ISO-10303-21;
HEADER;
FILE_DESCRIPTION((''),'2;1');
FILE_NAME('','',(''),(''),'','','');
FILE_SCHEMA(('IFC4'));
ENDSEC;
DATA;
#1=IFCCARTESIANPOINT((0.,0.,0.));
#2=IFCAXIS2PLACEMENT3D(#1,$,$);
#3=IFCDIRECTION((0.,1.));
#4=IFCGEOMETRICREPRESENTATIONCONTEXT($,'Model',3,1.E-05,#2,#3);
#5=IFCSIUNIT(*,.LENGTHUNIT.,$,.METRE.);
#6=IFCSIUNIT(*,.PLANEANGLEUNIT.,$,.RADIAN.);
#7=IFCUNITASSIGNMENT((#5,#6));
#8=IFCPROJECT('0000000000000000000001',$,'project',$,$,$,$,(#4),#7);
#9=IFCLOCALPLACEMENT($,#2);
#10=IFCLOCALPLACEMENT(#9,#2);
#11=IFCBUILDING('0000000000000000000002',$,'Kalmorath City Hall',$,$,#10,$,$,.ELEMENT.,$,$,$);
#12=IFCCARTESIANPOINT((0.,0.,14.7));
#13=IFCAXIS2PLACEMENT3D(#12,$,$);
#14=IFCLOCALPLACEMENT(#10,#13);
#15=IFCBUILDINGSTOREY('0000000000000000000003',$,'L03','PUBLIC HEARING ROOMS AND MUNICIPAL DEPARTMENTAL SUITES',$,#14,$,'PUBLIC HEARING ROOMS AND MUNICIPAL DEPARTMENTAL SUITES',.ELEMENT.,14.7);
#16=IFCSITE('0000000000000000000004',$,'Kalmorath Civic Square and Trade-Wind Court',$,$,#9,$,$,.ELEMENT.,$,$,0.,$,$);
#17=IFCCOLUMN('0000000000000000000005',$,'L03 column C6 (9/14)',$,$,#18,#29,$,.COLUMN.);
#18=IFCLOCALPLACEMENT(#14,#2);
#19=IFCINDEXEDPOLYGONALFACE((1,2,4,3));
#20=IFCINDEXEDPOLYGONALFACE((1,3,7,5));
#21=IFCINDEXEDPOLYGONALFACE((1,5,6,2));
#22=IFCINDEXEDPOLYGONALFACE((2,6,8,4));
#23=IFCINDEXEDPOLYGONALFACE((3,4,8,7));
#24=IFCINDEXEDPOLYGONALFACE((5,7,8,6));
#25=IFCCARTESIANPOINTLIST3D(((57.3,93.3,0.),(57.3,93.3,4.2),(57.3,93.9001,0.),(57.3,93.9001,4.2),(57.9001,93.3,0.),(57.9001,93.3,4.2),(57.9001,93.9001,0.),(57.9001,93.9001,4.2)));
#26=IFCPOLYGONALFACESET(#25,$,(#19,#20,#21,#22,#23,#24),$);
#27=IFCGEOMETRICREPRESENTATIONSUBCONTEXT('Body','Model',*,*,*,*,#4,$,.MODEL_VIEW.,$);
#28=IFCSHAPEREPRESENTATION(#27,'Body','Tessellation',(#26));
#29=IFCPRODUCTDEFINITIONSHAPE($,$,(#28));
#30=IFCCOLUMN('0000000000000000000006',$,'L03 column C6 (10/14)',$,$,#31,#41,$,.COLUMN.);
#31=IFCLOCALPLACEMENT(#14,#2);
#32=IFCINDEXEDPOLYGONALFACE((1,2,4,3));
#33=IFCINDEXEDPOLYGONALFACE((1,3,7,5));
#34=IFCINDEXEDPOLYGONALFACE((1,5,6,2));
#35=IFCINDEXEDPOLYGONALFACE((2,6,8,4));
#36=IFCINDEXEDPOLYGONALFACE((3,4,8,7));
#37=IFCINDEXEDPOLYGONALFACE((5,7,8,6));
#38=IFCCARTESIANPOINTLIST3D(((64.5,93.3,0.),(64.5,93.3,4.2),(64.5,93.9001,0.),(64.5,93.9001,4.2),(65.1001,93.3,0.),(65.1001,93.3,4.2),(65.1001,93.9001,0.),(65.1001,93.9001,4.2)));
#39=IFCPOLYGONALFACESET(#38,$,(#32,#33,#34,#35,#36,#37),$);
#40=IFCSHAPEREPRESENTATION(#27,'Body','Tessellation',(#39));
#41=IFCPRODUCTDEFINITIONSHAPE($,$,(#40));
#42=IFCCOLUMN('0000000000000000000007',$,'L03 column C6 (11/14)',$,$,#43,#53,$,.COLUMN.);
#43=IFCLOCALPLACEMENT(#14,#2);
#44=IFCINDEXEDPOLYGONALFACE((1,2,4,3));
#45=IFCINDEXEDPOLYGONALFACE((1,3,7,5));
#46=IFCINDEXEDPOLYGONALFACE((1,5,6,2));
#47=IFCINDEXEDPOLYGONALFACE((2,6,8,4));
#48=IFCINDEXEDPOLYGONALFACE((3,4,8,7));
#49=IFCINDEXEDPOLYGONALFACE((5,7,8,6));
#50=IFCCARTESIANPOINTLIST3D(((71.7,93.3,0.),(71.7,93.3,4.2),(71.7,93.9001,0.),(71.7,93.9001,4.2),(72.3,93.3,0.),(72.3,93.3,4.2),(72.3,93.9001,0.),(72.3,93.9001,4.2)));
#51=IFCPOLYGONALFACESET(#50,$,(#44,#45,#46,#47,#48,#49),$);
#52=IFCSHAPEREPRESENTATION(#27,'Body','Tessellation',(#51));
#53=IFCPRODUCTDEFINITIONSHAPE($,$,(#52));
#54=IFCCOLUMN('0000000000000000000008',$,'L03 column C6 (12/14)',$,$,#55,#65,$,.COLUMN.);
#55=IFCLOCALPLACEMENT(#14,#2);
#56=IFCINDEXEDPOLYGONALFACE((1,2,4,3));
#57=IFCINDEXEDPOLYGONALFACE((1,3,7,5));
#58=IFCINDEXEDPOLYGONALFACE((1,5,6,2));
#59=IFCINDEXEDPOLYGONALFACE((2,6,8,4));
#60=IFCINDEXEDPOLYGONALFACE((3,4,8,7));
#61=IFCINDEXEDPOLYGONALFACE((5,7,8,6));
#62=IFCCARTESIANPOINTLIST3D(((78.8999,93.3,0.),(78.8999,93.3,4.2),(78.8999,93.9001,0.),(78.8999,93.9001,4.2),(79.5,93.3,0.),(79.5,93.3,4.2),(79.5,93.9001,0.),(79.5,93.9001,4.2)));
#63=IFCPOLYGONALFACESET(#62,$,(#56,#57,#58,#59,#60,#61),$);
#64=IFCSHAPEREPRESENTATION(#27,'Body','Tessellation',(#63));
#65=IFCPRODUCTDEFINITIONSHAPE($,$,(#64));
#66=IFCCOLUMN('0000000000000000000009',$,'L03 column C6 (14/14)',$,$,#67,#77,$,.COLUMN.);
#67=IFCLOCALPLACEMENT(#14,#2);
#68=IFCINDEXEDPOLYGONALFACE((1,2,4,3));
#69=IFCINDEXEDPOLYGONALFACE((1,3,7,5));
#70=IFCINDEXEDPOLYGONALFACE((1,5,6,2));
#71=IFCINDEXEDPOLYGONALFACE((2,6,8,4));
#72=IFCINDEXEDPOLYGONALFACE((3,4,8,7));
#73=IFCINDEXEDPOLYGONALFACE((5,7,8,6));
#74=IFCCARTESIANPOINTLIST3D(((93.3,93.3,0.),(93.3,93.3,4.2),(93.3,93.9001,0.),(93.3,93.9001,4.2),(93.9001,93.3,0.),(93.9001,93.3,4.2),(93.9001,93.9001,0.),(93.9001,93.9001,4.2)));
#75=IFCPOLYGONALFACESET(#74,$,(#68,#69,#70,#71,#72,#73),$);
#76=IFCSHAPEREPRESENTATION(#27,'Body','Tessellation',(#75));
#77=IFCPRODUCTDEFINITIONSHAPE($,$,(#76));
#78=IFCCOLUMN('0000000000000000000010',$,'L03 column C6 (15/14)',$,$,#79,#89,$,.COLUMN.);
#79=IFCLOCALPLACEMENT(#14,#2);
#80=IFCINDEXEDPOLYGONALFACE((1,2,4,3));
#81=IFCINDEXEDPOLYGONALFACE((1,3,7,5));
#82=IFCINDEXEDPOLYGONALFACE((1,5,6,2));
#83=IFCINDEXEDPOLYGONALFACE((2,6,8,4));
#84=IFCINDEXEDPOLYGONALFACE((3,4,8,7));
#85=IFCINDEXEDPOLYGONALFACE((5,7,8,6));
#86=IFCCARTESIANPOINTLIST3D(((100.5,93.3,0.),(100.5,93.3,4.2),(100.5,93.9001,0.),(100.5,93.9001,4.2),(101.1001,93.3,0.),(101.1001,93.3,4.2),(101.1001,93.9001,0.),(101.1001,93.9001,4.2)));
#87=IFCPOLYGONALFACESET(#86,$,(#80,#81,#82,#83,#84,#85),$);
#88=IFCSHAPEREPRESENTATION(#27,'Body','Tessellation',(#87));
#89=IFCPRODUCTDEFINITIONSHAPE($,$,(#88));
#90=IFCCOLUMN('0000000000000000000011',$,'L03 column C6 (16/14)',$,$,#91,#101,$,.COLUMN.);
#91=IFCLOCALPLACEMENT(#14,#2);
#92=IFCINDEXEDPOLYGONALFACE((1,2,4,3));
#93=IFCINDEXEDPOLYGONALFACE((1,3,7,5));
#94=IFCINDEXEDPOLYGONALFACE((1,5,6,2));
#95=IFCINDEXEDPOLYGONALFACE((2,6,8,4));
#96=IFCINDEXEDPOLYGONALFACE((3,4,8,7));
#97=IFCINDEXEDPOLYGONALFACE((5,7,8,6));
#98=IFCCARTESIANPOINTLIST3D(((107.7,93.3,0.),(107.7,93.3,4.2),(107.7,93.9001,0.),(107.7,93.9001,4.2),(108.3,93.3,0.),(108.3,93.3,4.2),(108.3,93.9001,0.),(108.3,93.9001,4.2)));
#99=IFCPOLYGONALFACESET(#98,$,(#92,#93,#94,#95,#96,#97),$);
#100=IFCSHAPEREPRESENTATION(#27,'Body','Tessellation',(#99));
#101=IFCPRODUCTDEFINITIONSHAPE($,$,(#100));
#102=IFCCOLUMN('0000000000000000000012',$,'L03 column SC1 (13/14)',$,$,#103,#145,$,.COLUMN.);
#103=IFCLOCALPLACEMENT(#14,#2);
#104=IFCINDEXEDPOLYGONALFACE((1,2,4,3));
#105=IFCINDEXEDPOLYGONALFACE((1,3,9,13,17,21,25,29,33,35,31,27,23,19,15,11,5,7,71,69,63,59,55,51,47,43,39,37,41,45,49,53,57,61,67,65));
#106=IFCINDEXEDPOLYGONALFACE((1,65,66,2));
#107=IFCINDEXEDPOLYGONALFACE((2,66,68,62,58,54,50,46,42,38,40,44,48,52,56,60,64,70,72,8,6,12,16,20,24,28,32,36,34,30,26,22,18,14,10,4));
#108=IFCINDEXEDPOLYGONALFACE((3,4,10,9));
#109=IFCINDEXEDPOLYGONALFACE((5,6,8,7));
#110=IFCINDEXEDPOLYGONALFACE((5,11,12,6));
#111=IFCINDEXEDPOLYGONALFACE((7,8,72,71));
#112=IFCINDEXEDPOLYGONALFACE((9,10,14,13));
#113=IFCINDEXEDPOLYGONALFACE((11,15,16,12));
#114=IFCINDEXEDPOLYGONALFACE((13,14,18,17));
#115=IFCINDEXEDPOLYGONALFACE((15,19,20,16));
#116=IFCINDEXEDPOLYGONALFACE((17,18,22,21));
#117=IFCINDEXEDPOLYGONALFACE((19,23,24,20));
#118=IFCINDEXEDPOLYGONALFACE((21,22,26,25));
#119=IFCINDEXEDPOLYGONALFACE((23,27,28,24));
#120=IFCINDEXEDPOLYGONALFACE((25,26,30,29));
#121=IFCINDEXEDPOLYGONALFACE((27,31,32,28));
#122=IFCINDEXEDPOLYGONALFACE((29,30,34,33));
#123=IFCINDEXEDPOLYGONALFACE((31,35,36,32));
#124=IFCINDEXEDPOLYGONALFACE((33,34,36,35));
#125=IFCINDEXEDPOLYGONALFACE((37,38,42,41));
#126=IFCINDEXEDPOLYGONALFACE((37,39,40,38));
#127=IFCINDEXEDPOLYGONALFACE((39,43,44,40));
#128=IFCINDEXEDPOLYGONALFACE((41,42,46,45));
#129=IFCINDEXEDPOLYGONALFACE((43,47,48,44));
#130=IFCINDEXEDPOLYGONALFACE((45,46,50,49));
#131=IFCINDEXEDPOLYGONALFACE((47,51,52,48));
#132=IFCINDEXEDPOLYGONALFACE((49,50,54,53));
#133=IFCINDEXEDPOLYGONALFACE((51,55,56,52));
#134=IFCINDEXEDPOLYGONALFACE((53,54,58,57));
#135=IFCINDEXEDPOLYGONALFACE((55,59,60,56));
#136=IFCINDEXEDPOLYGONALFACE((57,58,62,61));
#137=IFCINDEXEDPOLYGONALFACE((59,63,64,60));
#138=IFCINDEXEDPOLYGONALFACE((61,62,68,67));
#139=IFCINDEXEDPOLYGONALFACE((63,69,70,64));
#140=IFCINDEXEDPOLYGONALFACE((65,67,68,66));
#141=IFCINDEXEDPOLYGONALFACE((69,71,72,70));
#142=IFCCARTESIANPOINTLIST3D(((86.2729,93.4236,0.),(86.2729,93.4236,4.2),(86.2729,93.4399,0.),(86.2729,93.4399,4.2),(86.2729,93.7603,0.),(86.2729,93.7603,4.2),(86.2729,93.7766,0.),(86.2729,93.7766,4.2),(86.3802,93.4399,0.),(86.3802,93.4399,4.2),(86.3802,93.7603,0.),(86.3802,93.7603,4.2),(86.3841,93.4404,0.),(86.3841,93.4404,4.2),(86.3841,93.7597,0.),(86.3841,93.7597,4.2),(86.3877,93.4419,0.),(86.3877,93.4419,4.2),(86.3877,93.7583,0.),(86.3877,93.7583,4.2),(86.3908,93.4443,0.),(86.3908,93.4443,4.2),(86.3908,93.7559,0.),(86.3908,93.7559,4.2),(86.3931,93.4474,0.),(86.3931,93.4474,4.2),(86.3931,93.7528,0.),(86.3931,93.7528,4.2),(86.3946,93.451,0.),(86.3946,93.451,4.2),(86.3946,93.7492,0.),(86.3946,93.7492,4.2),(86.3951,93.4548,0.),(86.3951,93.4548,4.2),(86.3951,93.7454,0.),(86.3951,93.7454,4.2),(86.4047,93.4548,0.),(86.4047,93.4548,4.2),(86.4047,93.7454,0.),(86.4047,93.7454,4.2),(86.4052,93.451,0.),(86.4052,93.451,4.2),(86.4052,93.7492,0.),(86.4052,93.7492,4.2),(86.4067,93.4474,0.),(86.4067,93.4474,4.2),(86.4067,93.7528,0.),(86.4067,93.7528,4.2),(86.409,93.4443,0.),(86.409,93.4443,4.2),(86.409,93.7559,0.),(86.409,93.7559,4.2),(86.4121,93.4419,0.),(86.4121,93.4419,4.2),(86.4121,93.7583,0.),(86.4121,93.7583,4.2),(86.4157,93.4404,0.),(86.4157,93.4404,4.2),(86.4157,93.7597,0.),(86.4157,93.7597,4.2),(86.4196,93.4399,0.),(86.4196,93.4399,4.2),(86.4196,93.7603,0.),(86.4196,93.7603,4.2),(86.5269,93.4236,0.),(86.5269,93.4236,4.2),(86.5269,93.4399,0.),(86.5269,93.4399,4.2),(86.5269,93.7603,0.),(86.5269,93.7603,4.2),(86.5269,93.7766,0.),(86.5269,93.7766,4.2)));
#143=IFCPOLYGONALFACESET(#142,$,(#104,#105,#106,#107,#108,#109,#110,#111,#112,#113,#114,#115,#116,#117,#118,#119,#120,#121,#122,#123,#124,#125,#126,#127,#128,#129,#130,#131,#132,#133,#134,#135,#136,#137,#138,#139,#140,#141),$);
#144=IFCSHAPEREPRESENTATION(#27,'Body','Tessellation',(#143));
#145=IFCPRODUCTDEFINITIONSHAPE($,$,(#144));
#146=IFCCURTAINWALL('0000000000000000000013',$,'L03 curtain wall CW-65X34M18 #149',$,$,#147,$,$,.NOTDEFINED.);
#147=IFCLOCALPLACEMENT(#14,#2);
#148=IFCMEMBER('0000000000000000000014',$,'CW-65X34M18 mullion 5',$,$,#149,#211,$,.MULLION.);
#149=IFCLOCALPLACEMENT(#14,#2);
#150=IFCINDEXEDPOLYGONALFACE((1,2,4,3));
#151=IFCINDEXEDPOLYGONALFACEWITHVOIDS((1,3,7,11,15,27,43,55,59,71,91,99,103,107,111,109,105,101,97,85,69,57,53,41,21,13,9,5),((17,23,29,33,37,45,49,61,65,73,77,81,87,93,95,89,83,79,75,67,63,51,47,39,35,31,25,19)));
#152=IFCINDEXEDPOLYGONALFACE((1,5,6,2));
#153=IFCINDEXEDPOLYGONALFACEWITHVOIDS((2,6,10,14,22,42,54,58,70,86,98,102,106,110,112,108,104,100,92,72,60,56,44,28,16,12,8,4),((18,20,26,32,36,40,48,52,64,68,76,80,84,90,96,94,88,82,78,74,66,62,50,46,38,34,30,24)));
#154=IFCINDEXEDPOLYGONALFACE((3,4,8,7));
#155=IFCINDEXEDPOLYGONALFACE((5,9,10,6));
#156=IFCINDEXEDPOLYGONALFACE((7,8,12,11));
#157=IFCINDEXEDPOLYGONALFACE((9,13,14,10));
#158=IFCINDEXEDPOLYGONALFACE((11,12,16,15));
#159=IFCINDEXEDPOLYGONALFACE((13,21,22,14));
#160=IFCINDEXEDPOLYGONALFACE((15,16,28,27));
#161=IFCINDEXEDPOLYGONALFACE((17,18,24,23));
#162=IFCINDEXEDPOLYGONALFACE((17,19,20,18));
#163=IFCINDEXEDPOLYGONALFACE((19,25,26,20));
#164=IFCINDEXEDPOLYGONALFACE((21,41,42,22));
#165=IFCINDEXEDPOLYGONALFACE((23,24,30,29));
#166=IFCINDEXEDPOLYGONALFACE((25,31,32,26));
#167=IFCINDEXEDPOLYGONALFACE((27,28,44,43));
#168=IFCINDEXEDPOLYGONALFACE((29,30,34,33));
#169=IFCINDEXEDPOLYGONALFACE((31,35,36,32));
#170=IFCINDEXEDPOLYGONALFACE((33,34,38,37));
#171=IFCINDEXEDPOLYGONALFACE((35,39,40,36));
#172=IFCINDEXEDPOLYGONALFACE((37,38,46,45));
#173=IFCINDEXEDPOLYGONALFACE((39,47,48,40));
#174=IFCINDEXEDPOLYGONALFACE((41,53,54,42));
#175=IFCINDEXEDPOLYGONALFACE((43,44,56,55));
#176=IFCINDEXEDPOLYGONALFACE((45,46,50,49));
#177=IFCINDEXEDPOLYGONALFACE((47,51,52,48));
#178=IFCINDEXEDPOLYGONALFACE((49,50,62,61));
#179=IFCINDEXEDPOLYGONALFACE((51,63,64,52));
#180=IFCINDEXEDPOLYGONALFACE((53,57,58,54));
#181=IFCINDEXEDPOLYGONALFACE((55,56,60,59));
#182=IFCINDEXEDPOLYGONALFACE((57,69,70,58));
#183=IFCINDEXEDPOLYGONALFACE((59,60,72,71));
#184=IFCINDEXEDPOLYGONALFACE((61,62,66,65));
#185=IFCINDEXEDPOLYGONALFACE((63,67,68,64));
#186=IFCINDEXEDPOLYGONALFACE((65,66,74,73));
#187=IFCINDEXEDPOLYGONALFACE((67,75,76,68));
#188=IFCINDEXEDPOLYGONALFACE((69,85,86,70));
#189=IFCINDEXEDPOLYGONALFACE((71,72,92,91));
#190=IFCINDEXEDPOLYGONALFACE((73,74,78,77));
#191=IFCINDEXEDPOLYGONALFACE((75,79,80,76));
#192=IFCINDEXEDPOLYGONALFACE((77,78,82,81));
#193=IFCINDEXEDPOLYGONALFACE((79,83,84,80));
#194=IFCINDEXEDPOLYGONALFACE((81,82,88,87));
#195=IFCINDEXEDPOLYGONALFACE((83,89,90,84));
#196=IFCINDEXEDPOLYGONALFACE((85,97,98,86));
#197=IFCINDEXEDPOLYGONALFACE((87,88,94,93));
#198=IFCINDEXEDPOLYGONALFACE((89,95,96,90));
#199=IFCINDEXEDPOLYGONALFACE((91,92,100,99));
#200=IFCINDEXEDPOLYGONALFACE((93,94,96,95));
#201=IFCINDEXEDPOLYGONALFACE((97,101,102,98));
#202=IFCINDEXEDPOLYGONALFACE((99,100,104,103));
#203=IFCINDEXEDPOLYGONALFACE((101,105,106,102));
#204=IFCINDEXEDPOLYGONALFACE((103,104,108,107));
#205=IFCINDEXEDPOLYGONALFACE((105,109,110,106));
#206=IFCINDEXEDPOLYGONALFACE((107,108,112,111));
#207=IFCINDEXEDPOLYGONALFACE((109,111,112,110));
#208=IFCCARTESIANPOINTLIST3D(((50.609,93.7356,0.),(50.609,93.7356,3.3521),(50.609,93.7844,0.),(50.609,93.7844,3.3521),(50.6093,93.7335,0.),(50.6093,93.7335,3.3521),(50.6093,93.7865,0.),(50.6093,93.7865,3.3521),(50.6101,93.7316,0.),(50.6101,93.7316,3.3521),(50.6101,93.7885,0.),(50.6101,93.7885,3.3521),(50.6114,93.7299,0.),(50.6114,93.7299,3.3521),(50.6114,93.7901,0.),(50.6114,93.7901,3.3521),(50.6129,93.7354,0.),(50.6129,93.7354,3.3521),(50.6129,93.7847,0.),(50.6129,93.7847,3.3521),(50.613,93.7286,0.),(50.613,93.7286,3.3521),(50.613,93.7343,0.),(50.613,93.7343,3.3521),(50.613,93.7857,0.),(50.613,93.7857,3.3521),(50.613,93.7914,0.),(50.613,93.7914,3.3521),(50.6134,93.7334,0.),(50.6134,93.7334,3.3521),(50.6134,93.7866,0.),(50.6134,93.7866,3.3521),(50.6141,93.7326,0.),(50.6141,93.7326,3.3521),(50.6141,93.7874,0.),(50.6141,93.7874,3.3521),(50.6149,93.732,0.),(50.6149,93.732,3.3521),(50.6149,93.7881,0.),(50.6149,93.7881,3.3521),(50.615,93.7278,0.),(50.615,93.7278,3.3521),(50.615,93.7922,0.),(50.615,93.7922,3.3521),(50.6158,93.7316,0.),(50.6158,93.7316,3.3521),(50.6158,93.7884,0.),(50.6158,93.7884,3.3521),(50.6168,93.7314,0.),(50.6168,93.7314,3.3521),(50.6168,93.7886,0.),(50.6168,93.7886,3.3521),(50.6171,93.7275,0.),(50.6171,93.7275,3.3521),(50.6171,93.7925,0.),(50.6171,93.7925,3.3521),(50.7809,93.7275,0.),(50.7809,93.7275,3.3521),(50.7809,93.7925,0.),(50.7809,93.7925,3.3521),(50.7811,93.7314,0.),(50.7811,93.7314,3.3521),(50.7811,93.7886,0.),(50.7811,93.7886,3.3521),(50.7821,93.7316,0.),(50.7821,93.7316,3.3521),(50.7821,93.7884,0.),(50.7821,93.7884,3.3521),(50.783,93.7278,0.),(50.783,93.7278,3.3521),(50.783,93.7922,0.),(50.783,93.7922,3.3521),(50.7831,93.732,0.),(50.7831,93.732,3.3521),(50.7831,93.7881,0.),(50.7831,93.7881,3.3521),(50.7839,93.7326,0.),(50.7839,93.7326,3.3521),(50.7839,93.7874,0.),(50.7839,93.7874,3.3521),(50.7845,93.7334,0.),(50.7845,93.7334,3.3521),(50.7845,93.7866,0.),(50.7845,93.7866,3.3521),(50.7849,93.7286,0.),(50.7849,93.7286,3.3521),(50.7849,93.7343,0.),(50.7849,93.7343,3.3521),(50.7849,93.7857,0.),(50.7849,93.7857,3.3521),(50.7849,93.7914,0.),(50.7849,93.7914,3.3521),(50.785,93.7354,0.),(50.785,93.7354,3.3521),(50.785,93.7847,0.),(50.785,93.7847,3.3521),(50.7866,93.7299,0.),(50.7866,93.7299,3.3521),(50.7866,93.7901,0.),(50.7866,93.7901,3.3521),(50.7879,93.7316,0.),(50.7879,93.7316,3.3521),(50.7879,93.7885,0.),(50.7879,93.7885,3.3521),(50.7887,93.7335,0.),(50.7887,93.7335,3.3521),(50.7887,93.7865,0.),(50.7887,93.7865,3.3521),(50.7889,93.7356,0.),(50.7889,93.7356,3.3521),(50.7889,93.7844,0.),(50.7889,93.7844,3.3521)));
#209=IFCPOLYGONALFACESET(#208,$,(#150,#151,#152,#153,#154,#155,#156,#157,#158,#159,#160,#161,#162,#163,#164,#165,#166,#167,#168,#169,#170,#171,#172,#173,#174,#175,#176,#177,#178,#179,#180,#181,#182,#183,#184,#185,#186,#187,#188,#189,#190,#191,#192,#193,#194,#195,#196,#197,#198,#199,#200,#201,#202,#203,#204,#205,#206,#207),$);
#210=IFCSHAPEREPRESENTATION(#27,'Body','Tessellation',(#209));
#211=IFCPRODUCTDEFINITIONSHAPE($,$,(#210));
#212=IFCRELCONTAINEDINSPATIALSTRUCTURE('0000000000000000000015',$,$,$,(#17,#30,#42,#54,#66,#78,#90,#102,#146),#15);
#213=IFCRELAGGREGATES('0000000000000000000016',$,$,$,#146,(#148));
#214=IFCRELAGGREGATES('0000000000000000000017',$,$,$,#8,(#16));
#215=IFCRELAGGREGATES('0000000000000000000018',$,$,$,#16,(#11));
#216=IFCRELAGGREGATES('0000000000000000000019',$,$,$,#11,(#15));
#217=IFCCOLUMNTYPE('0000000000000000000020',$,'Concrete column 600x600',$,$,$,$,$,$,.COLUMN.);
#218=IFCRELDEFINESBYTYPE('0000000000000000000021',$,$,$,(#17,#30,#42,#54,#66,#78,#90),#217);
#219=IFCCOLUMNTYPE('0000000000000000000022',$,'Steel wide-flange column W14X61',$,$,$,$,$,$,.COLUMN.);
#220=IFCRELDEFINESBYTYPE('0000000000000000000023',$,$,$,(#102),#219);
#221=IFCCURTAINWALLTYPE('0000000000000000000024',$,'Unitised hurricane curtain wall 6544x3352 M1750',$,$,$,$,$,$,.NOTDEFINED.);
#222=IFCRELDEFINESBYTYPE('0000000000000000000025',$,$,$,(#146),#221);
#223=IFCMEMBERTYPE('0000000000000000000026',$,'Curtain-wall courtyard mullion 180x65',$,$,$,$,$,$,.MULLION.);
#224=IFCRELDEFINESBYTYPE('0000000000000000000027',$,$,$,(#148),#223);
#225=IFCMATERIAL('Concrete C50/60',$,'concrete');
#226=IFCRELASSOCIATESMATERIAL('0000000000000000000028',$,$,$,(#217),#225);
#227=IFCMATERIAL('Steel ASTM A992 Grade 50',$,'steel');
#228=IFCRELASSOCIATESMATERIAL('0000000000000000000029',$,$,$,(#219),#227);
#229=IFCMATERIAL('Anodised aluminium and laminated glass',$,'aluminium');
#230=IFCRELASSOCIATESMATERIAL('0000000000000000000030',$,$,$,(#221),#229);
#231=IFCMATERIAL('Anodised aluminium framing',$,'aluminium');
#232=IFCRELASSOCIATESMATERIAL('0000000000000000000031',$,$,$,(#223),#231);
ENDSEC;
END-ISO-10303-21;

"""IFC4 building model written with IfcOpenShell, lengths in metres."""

from ifc_helpers import new_model, si_unit, direction, frame, origin, origin_2d, place, context, subcontext, project, spatial, rectangle, hollow_rectangle, i_section, extrude, material, material_profile, profile_set, type_object, element, aggregate, save


model = new_model("IFC4")

# Units and contexts
model_context = context("Model", 3, precision=1e-05, world=origin(), true_north=direction((0.0, 1.0)))
body_context = subcontext(model_context, "Body", "Model", "MODEL_VIEW")
ifc_project = project(units=[si_unit("LENGTHUNIT", "METRE"), si_unit("PLANEANGLEUNIT", "RADIAN")], contexts=[model_context])

# Site, building, storey
site_placement = place(None, origin())
site = spatial("IfcSite", under=ifc_project, at=site_placement, Name="Kalmorath Civic Square and Trade-Wind Court", CompositionType="ELEMENT", RefElevation=0.0)
building_placement = place(site_placement, origin())
building = spatial("IfcBuilding", under=site, at=building_placement, Name="Kalmorath City Hall", CompositionType="ELEMENT")
storey_placement = place(building_placement, frame((0.0, 0.0, 14.7)))
storey = spatial("IfcBuildingStorey", under=building, at=storey_placement, Name="L03", Description="PUBLIC HEARING ROOMS AND MUNICIPAL DEPARTMENTAL SUITES", LongName="PUBLIC HEARING ROOMS AND MUNICIPAL DEPARTMENTAL SUITES", CompositionType="ELEMENT", Elevation=14.7)

# Columns
ifc_material_1 = material(Name="Concrete C50/60", Category="concrete")
ifc_material_profile_1 = material_profile(ifc_material_1, rectangle(XDim=0.6001, YDim=0.6001, at=origin_2d()), Name="RC-COL-600X600")
ifc_profile_set_1 = profile_set([ifc_material_profile_1], Name="Concrete C50/60")
column_type_1 = type_object("IfcColumnType", Name="Concrete column 600x600", PredefinedType="COLUMN", material=ifc_profile_set_1)
for number, where, z_axis, x_axis, name in (
    (1, (57.6001, 93.6001, 0.0), (0.0, 0.0, 1.0), (1.0, 0.0, 0.0), "L03 column C6 (9/14)"),
    (2, (64.8, 93.6001, 0.0), (0.0, 0.0, 1.0), (1.0, 0.0, 0.0), "L03 column C6 (10/14)"),
    (3, (72.0, 93.6001, 0.0), (0.0, 0.0, 1.0), (1.0, 0.0, 0.0), "L03 column C6 (11/14)"),
    (4, (79.2, 93.6001, 0.0), (0.0, 0.0, 1.0), (1.0, 0.0, 0.0), "L03 column C6 (12/14)"),
    (5, (93.6001, 93.6001, 0.0), (0.0, 0.0, 1.0), (1.0, 0.0, 0.0), "L03 column C6 (14/14)"),
    (6, (100.8, 93.6001, 0.0), (0.0, 0.0, 1.0), (1.0, 0.0, 0.0), "L03 column C6 (15/14)"),
    (7, (108.0, 93.6001, 0.0), (0.0, 0.0, 1.0), (1.0, 0.0, 0.0), "L03 column C6 (16/14)"),
):
    element("IfcColumn", number, at=place(storey_placement, frame(where, z_axis=z_axis, x_axis=x_axis)), inside=storey, type_object=column_type_1, Name=name, PredefinedType="COLUMN", context=body_context, shape_type="SweptSolid", body=[
        extrude(rectangle(XDim=0.6001, YDim=0.6001, at=origin_2d()), origin(), (0.0, 0.0, 1.0), 4.2),
    ])
ifc_material_2 = material(Name="Steel ASTM A992 Grade 50", Category="steel")
ifc_material_profile_2 = material_profile(ifc_material_2, i_section(OverallWidth=0.2539, OverallDepth=0.353, WebThickness=0.0095, FlangeThickness=0.0164, FilletRadius=0.0149, at=origin_2d()), Name="W14X61")
ifc_profile_set_2 = profile_set([ifc_material_profile_2], Name="Steel ASTM A992 Grade 50")
column_type_2 = type_object("IfcColumnType", Name="Steel wide-flange column W14X61", PredefinedType="COLUMN", material=ifc_profile_set_2)
column_placement = place(storey_placement, frame((86.3999, 93.6001, 0.0), z_axis=(0.0, 0.0, 1.0), x_axis=(1.0, 0.0, 0.0)))
element("IfcColumn", 8, at=column_placement, inside=storey, type_object=column_type_2, Name="L03 column SC1 (13/14)", PredefinedType="COLUMN", context=body_context, shape_type="SweptSolid", body=[
    extrude(i_section(OverallWidth=0.2539, OverallDepth=0.353, WebThickness=0.0095, FlangeThickness=0.0164, FilletRadius=0.0149, at=origin_2d()), origin(), (0.0, 0.0, 1.0), 4.2),
])

# Curtain wall, member
ifc_material_3 = material(Name="Anodised aluminium and laminated glass", Category="aluminium")
curtain_wall_type = type_object("IfcCurtainWallType", Name="Unitised hurricane curtain wall 6544x3352 M1750", PredefinedType="NOTDEFINED", material=ifc_material_3)
curtain_wall_placement = place(storey_placement, origin())
curtain_wall = element("IfcCurtainWall", 9, at=curtain_wall_placement, inside=storey, type_object=curtain_wall_type, Name="L03 curtain wall CW-65X34M18 #149", PredefinedType="NOTDEFINED")
ifc_material_4 = material(Name="Anodised aluminium framing", Category="aluminium")
ifc_material_profile_3 = material_profile(ifc_material_4, hollow_rectangle(XDim=0.0649, YDim=0.1799, WallThickness=0.0039, InnerFilletRadius=0.0039, OuterFilletRadius=0.0081, at=origin_2d()), Name="ALU-MUL-180X65X4")
ifc_profile_set_3 = profile_set([ifc_material_profile_3], Name="Anodised aluminium framing")
member_type_1 = type_object("IfcMemberType", Name="Curtain-wall courtyard mullion 180x65", PredefinedType="MULLION", material=ifc_profile_set_3)
member_1_placement = place(storey_placement, frame((50.699, 93.76, 0.0), z_axis=(0.0, 0.0, 1.0), x_axis=(0.0, -1.0, 0.0)))
member_1 = element("IfcMember", 10, at=member_1_placement, type_object=member_type_1, Name="CW-65X34M18 mullion 5", PredefinedType="MULLION", context=body_context, shape_type="SweptSolid", body=[
    extrude(hollow_rectangle(XDim=0.0649, YDim=0.1799, WallThickness=0.0039, InnerFilletRadius=0.0039, OuterFilletRadius=0.0081, at=origin_2d()), origin(), (0.0, 0.0, 1.0), 3.3521),
])

aggregate(curtain_wall, [member_1])

save(model, "model.ifc")
